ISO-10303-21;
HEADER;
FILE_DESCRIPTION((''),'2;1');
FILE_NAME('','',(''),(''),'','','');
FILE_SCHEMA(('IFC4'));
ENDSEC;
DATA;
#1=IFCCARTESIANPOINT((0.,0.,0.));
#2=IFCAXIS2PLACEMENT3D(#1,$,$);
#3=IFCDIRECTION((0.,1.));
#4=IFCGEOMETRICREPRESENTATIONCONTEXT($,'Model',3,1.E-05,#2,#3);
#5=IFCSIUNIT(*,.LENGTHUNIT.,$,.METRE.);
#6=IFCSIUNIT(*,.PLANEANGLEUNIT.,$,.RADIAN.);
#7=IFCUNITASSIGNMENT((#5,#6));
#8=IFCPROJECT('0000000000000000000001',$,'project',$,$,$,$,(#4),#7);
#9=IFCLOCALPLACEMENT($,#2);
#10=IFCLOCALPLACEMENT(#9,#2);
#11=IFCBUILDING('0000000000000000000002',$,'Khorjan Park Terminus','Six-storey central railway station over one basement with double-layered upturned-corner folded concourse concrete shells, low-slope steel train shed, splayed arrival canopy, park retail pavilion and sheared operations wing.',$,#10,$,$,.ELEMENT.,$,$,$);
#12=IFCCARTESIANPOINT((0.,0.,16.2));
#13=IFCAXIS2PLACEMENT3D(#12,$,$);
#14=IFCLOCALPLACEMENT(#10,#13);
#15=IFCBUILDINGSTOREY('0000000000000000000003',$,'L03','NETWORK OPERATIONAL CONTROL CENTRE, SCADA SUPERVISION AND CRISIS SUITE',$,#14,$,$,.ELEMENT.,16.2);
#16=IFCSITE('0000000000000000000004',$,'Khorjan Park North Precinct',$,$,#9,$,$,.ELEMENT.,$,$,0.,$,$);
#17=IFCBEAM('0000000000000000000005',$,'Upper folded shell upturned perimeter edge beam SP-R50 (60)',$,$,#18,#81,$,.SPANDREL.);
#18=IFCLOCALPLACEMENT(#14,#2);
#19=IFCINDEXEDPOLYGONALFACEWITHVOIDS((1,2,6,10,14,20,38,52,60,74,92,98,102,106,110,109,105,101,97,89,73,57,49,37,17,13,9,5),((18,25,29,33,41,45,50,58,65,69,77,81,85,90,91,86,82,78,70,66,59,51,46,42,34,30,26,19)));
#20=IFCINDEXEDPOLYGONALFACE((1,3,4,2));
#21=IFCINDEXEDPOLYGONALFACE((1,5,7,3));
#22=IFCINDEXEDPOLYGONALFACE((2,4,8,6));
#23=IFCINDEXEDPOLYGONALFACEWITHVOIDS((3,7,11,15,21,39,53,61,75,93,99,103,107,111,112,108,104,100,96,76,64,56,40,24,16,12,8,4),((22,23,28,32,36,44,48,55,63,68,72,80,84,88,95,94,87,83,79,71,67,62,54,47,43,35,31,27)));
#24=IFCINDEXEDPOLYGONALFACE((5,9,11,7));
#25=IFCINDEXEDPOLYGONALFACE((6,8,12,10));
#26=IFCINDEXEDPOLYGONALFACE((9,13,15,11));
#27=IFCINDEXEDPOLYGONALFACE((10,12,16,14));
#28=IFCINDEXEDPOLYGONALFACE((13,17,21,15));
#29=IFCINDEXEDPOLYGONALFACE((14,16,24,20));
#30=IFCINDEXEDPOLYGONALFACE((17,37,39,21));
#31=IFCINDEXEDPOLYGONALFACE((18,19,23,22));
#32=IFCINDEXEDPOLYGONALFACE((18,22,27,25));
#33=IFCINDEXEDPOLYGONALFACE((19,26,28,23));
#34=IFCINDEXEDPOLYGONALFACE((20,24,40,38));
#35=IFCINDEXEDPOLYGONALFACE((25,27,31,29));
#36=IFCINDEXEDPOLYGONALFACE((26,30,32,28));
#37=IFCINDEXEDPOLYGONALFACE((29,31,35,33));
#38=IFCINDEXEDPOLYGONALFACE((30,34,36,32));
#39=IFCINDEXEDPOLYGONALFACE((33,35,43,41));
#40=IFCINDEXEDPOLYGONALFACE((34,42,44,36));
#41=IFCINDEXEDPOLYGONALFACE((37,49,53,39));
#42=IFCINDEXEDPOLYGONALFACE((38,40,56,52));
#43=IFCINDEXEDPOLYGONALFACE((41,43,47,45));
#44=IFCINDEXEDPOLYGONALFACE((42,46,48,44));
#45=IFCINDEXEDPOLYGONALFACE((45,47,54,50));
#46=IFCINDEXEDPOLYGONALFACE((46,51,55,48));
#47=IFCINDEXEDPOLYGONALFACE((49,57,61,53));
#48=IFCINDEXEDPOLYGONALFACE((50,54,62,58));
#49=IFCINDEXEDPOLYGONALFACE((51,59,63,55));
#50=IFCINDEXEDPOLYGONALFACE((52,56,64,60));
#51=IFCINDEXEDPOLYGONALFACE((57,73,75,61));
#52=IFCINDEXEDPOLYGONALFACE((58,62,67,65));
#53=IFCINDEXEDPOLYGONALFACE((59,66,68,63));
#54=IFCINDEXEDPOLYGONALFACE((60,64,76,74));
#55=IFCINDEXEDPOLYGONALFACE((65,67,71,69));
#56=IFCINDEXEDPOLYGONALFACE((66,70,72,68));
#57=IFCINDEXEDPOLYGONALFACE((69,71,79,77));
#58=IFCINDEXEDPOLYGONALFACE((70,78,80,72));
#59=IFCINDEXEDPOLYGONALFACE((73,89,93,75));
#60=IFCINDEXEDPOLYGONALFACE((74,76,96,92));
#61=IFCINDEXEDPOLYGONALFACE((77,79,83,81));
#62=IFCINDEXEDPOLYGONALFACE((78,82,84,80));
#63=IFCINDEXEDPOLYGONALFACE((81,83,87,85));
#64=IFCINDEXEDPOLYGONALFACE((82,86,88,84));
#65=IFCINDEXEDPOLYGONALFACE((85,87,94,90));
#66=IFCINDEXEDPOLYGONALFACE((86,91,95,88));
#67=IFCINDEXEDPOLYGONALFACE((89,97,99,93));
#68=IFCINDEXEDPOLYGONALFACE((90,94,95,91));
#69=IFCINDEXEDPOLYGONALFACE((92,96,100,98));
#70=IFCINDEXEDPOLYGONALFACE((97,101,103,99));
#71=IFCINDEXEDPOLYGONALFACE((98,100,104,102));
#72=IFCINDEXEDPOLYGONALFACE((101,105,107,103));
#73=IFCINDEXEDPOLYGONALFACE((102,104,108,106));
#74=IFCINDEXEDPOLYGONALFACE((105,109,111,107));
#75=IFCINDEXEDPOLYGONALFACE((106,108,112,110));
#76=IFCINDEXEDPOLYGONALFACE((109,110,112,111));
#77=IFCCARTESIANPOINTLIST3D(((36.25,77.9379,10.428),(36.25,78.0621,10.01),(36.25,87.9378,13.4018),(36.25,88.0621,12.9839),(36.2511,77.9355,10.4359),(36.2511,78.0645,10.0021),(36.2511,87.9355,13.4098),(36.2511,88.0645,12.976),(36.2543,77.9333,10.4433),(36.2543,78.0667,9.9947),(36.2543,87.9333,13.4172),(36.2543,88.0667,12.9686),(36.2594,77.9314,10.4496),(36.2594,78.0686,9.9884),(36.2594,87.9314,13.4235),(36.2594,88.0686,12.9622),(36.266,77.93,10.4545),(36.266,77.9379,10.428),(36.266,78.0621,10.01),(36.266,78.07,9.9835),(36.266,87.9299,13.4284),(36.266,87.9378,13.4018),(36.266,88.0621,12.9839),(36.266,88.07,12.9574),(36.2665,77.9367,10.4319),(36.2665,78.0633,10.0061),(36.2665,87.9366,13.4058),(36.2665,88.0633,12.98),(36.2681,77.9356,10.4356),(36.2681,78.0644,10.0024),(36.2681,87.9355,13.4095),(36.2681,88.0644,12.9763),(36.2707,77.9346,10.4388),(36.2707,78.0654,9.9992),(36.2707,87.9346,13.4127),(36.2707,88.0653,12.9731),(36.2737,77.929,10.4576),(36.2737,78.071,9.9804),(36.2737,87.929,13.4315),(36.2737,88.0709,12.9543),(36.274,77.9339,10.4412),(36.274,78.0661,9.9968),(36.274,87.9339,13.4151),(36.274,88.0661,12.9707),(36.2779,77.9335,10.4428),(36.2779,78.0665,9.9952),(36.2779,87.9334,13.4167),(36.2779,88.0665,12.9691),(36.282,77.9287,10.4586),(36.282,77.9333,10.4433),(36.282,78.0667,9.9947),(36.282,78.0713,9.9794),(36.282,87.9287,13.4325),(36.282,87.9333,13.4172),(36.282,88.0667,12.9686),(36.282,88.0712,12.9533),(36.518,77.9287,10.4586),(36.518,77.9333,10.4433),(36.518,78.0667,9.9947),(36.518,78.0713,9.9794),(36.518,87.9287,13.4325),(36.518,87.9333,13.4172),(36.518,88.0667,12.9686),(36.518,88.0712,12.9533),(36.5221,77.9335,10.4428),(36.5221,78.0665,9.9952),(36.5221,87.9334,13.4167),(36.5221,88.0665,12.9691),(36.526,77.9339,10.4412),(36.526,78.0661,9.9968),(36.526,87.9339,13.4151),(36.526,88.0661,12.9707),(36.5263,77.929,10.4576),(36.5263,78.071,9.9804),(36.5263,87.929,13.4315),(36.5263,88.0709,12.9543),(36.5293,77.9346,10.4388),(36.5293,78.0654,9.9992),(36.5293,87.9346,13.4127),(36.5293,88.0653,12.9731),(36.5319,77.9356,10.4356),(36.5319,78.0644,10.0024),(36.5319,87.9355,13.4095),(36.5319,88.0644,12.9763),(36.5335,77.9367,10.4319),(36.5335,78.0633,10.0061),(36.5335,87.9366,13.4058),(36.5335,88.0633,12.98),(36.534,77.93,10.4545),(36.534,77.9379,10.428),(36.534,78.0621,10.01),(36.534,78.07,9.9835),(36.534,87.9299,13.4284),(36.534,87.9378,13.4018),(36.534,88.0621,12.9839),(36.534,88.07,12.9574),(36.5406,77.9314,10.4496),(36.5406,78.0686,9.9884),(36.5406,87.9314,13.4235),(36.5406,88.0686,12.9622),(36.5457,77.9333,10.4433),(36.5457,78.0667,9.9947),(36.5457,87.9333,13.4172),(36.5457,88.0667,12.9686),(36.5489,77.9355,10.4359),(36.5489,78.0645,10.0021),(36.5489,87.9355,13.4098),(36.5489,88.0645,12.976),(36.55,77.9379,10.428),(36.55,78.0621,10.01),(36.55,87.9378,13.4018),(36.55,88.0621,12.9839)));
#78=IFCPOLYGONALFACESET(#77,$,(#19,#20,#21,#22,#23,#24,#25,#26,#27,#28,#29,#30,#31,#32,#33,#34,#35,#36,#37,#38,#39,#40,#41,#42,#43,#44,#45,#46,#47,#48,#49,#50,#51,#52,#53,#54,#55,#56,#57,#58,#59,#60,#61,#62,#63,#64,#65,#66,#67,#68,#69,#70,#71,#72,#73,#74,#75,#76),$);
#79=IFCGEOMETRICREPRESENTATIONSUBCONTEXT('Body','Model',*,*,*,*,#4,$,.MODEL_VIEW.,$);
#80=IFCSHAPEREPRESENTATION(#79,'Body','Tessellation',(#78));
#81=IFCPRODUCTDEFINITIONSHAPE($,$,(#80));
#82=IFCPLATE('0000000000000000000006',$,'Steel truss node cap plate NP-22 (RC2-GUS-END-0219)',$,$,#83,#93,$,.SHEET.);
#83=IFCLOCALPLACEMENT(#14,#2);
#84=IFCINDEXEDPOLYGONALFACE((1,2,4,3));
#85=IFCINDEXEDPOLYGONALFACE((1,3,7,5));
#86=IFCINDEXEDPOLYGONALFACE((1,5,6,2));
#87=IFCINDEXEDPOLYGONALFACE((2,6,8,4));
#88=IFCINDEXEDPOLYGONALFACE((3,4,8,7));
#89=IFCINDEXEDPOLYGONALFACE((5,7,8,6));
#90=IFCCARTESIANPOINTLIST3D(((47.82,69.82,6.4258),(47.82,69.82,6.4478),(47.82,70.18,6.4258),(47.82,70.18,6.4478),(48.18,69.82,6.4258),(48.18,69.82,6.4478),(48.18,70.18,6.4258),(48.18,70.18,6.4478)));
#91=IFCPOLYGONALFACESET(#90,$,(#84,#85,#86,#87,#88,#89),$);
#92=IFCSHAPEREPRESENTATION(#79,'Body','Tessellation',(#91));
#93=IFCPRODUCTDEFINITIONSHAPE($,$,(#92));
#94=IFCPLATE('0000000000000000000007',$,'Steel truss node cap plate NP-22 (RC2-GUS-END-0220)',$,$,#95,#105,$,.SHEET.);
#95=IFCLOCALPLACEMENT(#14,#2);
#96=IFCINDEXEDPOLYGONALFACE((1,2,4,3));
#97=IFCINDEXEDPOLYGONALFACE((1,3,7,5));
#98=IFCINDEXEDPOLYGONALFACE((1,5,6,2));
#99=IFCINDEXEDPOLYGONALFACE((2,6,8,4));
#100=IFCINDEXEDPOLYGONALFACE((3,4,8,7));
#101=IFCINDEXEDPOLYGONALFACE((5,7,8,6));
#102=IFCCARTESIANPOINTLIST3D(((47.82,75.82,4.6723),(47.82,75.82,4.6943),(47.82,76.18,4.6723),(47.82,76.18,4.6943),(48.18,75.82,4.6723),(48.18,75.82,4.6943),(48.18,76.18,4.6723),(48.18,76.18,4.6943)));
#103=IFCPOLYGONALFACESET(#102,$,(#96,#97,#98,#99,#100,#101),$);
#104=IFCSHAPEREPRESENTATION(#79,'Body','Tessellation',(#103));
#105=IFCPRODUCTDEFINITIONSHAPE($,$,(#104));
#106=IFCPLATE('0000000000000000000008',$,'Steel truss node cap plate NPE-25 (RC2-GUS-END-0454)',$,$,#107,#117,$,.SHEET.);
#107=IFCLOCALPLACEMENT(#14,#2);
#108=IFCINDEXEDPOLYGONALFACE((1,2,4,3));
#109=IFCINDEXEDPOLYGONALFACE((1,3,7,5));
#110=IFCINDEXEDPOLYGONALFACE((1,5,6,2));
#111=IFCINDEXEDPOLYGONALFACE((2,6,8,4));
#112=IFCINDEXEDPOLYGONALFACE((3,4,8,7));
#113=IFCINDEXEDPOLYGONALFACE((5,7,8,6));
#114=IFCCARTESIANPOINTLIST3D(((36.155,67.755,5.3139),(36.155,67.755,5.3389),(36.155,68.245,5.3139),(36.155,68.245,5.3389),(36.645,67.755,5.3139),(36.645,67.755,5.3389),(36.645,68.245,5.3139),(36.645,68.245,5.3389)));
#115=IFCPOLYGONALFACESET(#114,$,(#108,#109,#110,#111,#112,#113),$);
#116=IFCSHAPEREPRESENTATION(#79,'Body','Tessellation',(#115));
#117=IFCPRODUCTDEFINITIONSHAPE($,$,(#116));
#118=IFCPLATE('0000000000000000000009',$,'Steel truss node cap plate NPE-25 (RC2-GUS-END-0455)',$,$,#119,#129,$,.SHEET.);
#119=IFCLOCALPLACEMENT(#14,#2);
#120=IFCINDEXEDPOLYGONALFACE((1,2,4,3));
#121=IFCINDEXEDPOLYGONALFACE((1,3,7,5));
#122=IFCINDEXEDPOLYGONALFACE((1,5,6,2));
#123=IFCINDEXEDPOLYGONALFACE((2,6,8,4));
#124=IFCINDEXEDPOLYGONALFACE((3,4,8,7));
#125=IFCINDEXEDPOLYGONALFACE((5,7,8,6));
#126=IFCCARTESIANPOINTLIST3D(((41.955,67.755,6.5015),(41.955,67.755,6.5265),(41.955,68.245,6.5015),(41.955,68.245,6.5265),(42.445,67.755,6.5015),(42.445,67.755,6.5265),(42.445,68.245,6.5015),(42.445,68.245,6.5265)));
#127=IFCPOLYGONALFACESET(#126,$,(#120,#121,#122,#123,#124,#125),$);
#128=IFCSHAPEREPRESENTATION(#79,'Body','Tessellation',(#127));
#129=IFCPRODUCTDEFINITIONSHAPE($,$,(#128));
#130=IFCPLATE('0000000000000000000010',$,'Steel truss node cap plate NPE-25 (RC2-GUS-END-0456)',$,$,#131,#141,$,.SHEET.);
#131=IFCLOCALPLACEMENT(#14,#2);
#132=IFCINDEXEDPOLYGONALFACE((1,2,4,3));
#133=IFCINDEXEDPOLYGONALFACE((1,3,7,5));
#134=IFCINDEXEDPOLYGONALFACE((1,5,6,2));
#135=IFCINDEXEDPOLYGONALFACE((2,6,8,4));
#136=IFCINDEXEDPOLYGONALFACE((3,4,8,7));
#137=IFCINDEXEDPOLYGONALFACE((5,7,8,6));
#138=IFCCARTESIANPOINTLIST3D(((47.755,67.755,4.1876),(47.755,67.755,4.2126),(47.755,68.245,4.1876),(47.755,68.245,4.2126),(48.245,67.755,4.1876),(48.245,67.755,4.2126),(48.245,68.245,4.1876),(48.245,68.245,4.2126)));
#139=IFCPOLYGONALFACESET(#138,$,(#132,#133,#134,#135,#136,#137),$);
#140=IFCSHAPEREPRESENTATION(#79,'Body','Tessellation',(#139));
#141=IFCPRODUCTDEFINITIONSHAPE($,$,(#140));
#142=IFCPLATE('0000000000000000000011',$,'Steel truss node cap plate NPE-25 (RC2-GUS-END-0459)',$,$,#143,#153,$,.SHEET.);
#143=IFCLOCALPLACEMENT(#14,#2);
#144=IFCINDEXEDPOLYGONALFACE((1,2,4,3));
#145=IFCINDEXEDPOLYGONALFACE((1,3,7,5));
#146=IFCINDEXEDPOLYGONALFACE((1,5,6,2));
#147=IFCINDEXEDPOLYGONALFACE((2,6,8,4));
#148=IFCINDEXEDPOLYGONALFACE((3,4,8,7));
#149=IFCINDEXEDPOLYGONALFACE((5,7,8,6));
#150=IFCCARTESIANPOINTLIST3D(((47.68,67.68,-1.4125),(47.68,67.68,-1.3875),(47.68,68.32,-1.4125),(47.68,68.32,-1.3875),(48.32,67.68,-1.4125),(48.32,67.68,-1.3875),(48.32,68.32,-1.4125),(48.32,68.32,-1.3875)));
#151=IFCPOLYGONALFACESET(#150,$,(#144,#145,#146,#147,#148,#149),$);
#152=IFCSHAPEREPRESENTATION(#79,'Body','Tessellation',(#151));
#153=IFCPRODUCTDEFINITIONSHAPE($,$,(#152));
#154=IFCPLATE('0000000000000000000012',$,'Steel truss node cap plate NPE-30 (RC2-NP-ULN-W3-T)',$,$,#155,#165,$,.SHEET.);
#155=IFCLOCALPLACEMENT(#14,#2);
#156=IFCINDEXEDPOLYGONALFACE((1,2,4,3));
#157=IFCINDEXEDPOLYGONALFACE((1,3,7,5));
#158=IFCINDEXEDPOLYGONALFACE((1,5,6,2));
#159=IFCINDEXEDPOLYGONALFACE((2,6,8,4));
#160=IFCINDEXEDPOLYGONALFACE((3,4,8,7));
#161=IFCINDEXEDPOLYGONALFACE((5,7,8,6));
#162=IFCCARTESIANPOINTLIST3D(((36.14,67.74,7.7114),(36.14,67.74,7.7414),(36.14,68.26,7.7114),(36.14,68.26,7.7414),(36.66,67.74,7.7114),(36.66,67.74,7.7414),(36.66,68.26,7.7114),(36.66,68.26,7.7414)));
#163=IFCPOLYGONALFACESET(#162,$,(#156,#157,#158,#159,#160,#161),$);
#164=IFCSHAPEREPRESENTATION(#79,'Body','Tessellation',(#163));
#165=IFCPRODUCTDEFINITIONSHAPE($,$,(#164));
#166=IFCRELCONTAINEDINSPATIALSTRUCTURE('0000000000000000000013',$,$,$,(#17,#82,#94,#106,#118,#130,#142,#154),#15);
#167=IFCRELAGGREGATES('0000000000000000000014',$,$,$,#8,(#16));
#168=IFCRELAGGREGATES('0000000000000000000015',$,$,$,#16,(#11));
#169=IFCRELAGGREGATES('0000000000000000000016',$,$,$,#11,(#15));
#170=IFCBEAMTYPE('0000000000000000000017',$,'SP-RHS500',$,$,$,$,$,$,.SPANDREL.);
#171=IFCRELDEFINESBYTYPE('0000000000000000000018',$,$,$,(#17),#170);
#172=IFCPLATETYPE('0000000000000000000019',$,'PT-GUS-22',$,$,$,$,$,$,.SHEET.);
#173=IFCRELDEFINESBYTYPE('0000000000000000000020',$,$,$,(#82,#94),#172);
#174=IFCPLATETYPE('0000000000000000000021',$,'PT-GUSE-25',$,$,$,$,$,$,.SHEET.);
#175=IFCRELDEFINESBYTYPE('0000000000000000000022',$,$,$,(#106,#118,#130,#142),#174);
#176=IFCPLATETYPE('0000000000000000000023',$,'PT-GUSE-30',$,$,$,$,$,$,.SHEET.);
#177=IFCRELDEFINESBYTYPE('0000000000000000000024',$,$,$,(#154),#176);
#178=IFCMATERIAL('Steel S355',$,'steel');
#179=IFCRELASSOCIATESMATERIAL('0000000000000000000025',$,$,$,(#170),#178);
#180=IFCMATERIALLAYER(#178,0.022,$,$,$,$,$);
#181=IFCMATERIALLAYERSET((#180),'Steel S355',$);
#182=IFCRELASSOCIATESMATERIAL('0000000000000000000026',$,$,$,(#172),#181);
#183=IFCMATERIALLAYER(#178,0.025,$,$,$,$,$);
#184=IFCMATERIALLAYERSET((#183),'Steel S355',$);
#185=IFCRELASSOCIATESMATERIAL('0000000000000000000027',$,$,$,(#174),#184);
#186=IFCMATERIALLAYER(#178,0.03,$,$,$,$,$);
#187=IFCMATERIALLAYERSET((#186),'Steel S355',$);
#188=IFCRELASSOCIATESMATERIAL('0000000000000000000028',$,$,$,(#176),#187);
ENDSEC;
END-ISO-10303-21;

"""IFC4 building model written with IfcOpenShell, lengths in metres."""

from ifc_helpers import new_model, si_unit, direction, frame, origin, origin_2d, place, context, subcontext, project, spatial, rectangle, hollow_rectangle, extrude, material, layer, layer_set, material_profile, profile_set, type_object, element, save


model = new_model("IFC4")

# Units and contexts
model_context = context("Model", 3, precision=1e-05, world=origin(), true_north=direction((0.0, 1.0)))
body_context = subcontext(model_context, "Body", "Model", "MODEL_VIEW")
ifc_project = project(units=[si_unit("LENGTHUNIT", "METRE"), si_unit("PLANEANGLEUNIT", "RADIAN")], contexts=[model_context])

# Site, building, storey
site_placement = place(None, origin())
site = spatial("IfcSite", under=ifc_project, at=site_placement, Name="Khorjan Park North Precinct", CompositionType="ELEMENT", RefElevation=0.0)
building_placement = place(site_placement, origin())
building = spatial("IfcBuilding", under=site, at=building_placement, Name="Khorjan Park Terminus", Description="Six-storey central railway station over one basement with double-layered upturned-corner folded concourse concrete shells, low-slope steel train shed, splayed arrival canopy, park retail pavilion and sheared operations wing.", CompositionType="ELEMENT")
storey_placement = place(building_placement, frame((0.0, 0.0, 16.2)))
storey = spatial("IfcBuildingStorey", under=building, at=storey_placement, Name="L03", Description="NETWORK OPERATIONAL CONTROL CENTRE, SCADA SUPERVISION AND CRISIS SUITE", CompositionType="ELEMENT", Elevation=16.2)

# Shared definitions
ifc_material_1 = material(Name="Steel S355", Category="steel")

# Beam
ifc_material_profile_1 = material_profile(ifc_material_1, hollow_rectangle(XDim=0.3, YDim=0.5, WallThickness=0.016, InnerFilletRadius=0.016, OuterFilletRadius=0.032, at=origin_2d()), Name="RHS 500x300x16")
ifc_profile_set_1 = profile_set([ifc_material_profile_1], Name="Steel S355")
beam_type_1 = type_object("IfcBeamType", Name="SP-RHS500", PredefinedType="SPANDREL", material=ifc_profile_set_1)
beam_1_placement = place(storey_placement, frame((36.4, 78.0, 10.219), z_axis=(0.0, 0.958512, 0.285052), x_axis=(-1.0, 0.0, 0.0)))
element("IfcBeam", 1, at=beam_1_placement, inside=storey, type_object=beam_type_1, Name="Upper folded shell upturned perimeter edge beam SP-R50 (60)", PredefinedType="SPANDREL", context=body_context, shape_type="SweptSolid", body=[
    extrude(hollow_rectangle(XDim=0.3, YDim=0.5, WallThickness=0.016, InnerFilletRadius=0.016, OuterFilletRadius=0.032, at=origin_2d()), origin(), (0.0, 0.0, 1.0), 10.4328),
])

# Plates
ifc_layer_1 = layer(ifc_material_1, 0.022)
ifc_layer_set_1 = layer_set([ifc_layer_1], Name="Steel S355")
plate_type_1 = type_object("IfcPlateType", Name="PT-GUS-22", PredefinedType="SHEET", material=ifc_layer_set_1)
for number, where, z_axis, x_axis, name in (
    (2, (48.0, 70.0, 6.4258), (0.0, 0.0, 1.0), (1.0, 0.0, 0.0), "Steel truss node cap plate NP-22 (RC2-GUS-END-0219)"),
    (3, (48.0, 76.0, 4.6723), (0.0, 0.0, 1.0), (1.0, 0.0, 0.0), "Steel truss node cap plate NP-22 (RC2-GUS-END-0220)"),
):
    element("IfcPlate", number, at=place(storey_placement, frame(where, z_axis=z_axis, x_axis=x_axis)), inside=storey, type_object=plate_type_1, Name=name, PredefinedType="SHEET", context=body_context, shape_type="SweptSolid", body=[
        extrude(rectangle(XDim=0.36, YDim=0.36, at=origin_2d()), origin(), (0.0, 0.0, 1.0), 0.022),
    ])
ifc_layer_2 = layer(ifc_material_1, 0.025)
ifc_layer_set_2 = layer_set([ifc_layer_2], Name="Steel S355")
plate_type_2 = type_object("IfcPlateType", Name="PT-GUSE-25", PredefinedType="SHEET", material=ifc_layer_set_2)
for number, where, z_axis, x_axis, name in (
    (4, (36.4, 68.0, 5.3139), (0.0, 0.0, 1.0), (1.0, 0.0, 0.0), "Steel truss node cap plate NPE-25 (RC2-GUS-END-0454)"),
    (5, (42.2, 68.0, 6.5015), (0.0, 0.0, 1.0), (1.0, 0.0, 0.0), "Steel truss node cap plate NPE-25 (RC2-GUS-END-0455)"),
    (6, (48.0, 68.0, 4.1876), (0.0, 0.0, 1.0), (1.0, 0.0, 0.0), "Steel truss node cap plate NPE-25 (RC2-GUS-END-0456)"),
):
    element("IfcPlate", number, at=place(storey_placement, frame(where, z_axis=z_axis, x_axis=x_axis)), inside=storey, type_object=plate_type_2, Name=name, PredefinedType="SHEET", context=body_context, shape_type="SweptSolid", body=[
        extrude(rectangle(XDim=0.49, YDim=0.49, at=origin_2d()), origin(), (0.0, 0.0, 1.0), 0.025),
    ])
plate_1_placement = place(storey_placement, frame((48.0, 68.0, -1.4125), z_axis=(0.0, 0.0, 1.0), x_axis=(1.0, 0.0, 0.0)))
element("IfcPlate", 7, at=plate_1_placement, inside=storey, type_object=plate_type_2, Name="Steel truss node cap plate NPE-25 (RC2-GUS-END-0459)", PredefinedType="SHEET", context=body_context, shape_type="SweptSolid", body=[
    extrude(rectangle(XDim=0.64, YDim=0.64, at=origin_2d()), origin(), (0.0, 0.0, 1.0), 0.025),
])
ifc_layer_3 = layer(ifc_material_1, 0.03)
ifc_layer_set_3 = layer_set([ifc_layer_3], Name="Steel S355")
plate_type_3 = type_object("IfcPlateType", Name="PT-GUSE-30", PredefinedType="SHEET", material=ifc_layer_set_3)
plate_2_placement = place(storey_placement, frame((36.4, 68.0, 7.7114), z_axis=(0.0, 0.0, 1.0), x_axis=(1.0, 0.0, 0.0)))
element("IfcPlate", 8, at=plate_2_placement, inside=storey, type_object=plate_type_3, Name="Steel truss node cap plate NPE-30 (RC2-NP-ULN-W3-T)", PredefinedType="SHEET", context=body_context, shape_type="SweptSolid", body=[
    extrude(rectangle(XDim=0.52, YDim=0.52, at=origin_2d()), origin(), (0.0, 0.0, 1.0), 0.03),
])

save(model, "model.ifc")
